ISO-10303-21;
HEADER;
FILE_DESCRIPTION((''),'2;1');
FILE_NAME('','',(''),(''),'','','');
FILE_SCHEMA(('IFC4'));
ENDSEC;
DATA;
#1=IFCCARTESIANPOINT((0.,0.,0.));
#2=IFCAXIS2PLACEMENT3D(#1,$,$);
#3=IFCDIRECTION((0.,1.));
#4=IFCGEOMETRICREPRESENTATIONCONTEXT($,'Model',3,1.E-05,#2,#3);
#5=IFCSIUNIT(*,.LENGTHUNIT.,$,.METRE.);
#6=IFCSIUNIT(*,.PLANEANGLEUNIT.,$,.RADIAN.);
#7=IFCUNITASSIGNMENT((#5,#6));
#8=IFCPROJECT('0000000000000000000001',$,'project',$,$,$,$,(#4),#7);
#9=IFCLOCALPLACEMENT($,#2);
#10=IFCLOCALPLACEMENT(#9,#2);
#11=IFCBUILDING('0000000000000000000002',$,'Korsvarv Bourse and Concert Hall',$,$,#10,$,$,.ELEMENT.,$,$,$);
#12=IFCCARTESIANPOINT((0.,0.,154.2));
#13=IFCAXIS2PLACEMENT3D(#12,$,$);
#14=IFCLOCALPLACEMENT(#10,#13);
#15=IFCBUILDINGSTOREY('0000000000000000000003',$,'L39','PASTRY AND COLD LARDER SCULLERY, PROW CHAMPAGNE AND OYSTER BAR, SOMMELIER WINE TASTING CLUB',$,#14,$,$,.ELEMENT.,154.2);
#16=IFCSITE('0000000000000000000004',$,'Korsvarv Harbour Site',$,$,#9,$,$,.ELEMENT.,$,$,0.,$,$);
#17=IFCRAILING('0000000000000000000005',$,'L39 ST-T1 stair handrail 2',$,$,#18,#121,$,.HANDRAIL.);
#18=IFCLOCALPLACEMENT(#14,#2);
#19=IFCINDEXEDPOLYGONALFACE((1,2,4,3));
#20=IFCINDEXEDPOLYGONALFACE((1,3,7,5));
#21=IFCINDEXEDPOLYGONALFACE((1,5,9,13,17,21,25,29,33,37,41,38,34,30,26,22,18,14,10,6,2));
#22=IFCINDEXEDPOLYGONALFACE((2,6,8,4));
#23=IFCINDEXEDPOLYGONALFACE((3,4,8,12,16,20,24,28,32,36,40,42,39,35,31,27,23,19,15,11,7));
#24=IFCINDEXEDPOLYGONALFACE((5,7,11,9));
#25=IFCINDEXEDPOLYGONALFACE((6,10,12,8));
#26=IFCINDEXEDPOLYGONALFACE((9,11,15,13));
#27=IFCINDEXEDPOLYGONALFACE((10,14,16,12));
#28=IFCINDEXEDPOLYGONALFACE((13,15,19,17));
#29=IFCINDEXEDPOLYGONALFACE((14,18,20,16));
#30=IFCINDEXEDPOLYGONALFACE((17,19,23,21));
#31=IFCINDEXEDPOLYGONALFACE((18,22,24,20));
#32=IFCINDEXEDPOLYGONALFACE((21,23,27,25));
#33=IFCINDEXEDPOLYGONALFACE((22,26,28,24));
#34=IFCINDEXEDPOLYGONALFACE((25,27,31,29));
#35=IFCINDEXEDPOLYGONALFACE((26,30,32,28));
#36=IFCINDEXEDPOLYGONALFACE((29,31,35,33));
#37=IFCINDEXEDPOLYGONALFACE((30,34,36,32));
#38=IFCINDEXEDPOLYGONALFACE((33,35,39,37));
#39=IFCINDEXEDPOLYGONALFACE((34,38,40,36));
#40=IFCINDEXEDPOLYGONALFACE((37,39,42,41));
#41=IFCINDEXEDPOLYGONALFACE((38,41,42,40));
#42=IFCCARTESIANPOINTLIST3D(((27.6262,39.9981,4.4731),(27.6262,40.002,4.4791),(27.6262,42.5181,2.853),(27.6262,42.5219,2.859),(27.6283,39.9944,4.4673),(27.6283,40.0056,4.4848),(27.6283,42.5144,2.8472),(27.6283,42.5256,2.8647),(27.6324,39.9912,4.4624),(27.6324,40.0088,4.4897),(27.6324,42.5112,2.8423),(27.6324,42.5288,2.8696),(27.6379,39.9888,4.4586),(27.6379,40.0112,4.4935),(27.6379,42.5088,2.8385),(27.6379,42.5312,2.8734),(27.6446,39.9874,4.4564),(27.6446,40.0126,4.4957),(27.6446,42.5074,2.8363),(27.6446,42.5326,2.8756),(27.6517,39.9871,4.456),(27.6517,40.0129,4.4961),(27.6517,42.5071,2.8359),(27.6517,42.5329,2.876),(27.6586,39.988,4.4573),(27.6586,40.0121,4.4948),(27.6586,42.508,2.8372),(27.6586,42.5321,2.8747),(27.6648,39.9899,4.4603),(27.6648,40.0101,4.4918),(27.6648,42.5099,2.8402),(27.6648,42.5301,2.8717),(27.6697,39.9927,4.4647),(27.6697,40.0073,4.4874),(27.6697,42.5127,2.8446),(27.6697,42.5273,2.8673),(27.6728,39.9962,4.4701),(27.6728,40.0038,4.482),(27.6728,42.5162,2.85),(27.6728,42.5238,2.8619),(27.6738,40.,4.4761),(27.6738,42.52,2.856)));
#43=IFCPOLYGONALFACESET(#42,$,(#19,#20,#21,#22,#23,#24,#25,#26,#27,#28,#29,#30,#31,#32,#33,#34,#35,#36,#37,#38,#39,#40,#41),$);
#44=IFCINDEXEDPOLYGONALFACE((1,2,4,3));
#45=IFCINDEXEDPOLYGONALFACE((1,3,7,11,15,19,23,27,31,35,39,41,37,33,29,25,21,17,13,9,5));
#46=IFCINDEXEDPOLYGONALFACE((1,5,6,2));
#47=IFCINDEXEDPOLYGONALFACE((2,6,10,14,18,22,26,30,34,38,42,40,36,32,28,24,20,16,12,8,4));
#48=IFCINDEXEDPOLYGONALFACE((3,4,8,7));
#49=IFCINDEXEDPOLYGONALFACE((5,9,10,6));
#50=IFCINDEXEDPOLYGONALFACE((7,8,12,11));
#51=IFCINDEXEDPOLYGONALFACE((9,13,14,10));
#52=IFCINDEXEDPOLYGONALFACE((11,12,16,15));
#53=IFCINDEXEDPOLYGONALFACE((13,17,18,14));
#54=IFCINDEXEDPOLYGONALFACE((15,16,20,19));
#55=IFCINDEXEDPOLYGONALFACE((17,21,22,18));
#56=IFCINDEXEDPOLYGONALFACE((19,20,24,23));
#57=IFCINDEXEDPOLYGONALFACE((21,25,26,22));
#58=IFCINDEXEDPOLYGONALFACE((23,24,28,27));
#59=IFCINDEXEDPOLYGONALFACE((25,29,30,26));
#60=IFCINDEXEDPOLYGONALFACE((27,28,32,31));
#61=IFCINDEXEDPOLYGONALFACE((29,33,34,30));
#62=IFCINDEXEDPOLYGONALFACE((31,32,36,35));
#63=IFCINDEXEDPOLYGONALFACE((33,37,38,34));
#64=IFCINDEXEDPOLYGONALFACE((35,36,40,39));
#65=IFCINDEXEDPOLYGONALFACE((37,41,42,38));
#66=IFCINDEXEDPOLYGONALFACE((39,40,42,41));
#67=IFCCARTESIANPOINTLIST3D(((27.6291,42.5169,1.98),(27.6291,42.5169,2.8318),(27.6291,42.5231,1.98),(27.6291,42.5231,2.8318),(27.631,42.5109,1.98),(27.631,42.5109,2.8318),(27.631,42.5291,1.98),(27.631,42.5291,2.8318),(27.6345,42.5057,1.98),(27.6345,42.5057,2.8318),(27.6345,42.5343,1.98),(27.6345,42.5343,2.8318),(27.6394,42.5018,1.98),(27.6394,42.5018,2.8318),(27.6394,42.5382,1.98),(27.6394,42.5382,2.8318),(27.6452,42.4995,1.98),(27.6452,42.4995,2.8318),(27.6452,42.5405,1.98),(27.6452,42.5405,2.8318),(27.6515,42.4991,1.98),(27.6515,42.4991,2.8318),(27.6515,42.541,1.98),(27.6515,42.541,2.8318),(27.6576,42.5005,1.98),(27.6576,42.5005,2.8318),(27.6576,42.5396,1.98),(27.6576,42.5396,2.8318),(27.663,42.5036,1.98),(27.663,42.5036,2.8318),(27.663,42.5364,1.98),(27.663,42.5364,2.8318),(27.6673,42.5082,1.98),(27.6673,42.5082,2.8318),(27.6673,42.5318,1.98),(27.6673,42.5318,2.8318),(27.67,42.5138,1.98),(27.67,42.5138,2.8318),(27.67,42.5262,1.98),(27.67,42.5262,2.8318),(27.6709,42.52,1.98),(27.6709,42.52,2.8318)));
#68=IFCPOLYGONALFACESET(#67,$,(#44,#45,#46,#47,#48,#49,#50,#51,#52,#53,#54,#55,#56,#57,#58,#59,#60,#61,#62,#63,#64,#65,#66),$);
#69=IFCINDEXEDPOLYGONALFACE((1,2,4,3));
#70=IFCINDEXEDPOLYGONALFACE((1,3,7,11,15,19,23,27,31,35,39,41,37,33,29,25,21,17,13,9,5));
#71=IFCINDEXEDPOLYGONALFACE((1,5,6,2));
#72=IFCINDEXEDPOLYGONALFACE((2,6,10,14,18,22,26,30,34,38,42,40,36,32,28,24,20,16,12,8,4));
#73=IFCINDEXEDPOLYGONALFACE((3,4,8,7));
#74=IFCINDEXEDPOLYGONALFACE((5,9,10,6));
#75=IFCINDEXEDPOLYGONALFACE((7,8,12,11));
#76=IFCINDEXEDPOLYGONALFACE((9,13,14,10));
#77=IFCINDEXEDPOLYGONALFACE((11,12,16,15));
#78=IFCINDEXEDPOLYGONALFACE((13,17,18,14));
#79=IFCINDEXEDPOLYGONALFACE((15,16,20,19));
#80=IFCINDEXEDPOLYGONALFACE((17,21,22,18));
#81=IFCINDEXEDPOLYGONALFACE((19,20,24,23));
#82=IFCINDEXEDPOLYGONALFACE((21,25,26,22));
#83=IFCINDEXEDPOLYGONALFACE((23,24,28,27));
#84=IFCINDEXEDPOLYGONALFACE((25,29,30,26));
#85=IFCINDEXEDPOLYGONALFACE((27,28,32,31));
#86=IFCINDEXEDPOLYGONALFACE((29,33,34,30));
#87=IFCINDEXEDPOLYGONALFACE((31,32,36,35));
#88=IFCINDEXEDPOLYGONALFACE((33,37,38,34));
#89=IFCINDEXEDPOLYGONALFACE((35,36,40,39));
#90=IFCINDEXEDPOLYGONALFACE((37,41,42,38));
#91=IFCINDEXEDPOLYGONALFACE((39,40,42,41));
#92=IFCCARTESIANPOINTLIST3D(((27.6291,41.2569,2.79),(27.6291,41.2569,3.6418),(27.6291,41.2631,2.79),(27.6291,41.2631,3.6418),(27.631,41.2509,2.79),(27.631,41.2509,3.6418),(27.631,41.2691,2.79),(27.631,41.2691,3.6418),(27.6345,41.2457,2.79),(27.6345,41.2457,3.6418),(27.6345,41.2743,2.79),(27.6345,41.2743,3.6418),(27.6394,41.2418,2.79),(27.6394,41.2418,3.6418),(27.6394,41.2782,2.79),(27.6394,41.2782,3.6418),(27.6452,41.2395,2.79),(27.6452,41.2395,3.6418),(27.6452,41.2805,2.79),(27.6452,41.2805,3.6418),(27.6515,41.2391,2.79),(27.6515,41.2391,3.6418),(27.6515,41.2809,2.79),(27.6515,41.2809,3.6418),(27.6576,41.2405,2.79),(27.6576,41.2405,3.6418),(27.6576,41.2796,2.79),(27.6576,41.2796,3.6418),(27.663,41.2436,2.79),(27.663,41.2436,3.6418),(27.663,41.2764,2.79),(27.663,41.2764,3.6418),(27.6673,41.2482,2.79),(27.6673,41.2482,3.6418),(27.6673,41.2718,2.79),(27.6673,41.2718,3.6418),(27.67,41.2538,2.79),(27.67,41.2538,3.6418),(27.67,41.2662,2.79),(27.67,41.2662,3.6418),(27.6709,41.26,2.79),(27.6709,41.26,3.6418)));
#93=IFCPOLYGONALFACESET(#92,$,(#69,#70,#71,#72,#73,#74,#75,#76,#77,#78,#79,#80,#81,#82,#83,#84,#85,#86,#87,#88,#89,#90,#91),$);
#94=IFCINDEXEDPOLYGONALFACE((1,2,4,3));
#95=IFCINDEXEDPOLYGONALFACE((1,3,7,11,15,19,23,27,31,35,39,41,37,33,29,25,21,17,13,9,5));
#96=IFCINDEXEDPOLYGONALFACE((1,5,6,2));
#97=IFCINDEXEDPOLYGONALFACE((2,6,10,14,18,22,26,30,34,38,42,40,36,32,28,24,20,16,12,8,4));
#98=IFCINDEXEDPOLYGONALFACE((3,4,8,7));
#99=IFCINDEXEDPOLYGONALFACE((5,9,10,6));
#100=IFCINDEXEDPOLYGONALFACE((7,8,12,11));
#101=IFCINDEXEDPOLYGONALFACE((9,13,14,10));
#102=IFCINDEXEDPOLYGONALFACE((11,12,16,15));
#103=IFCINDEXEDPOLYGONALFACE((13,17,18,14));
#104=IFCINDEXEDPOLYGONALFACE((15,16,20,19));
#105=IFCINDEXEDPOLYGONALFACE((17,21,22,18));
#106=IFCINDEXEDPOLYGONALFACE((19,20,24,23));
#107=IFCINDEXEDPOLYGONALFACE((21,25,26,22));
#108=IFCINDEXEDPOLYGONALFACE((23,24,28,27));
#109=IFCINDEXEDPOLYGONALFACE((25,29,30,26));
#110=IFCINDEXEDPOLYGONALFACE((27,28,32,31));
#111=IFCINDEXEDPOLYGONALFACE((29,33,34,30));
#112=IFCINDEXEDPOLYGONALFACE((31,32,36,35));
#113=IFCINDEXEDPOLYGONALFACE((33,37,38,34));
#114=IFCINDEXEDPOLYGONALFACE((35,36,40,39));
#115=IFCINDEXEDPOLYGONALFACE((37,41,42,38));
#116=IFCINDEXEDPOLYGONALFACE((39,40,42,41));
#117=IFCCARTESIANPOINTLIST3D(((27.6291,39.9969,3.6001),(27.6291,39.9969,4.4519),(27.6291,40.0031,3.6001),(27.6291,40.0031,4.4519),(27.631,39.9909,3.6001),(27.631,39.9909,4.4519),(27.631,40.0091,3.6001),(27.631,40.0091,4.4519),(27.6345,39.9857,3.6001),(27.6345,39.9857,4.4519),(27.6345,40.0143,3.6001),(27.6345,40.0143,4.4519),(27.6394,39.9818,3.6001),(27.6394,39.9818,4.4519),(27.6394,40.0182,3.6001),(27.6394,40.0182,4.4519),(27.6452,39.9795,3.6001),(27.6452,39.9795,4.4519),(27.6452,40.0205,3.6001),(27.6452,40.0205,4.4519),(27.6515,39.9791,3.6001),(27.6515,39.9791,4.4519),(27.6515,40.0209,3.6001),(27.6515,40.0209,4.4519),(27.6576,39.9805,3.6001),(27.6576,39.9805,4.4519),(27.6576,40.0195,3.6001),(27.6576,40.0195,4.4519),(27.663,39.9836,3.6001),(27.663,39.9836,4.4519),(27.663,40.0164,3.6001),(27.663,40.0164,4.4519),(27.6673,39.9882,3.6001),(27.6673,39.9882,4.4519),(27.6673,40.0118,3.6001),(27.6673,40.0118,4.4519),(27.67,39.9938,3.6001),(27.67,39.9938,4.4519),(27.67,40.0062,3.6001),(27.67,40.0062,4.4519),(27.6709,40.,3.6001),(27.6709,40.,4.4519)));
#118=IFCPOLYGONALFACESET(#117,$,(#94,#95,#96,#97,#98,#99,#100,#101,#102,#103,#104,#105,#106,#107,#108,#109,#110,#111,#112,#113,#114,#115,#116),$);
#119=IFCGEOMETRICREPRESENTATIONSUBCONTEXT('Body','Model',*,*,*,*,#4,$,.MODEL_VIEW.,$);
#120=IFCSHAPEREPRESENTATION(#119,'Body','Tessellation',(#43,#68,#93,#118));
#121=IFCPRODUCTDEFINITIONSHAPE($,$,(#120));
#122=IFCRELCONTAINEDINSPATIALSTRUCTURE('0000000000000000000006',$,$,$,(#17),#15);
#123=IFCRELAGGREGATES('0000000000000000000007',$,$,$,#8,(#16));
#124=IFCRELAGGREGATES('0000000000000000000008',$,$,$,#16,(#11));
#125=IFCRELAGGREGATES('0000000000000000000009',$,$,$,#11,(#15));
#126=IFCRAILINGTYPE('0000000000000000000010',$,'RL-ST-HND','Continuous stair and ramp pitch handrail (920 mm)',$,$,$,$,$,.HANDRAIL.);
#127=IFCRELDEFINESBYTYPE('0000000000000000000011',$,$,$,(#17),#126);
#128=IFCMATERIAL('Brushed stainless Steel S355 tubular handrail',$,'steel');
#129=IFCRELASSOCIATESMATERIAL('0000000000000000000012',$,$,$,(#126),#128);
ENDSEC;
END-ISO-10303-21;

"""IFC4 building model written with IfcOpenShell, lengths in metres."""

from ifc_helpers import new_model, si_unit, direction, frame, origin, origin_2d, place, context, subcontext, project, spatial, circle, extrude, material, type_object, element, save


model = new_model("IFC4")

# Units and contexts
model_context = context("Model", 3, precision=1e-05, world=origin(), true_north=direction((0.0, 1.0)))
body_context = subcontext(model_context, "Body", "Model", "MODEL_VIEW")
ifc_project = project(units=[si_unit("LENGTHUNIT", "METRE"), si_unit("PLANEANGLEUNIT", "RADIAN")], contexts=[model_context])

# Site, building, storey
site_placement = place(None, origin())
site = spatial("IfcSite", under=ifc_project, at=site_placement, Name="Korsvarv Harbour Site", CompositionType="ELEMENT", RefElevation=0.0)
building_placement = place(site_placement, origin())
building = spatial("IfcBuilding", under=site, at=building_placement, Name="Korsvarv Bourse and Concert Hall", CompositionType="ELEMENT")
storey_placement = place(building_placement, frame((0.0, 0.0, 154.2)))
storey = spatial("IfcBuildingStorey", under=building, at=storey_placement, Name="L39", Description="PASTRY AND COLD LARDER SCULLERY, PROW CHAMPAGNE AND OYSTER BAR, SOMMELIER WINE TASTING CLUB", CompositionType="ELEMENT", Elevation=154.2)

# Railing
ifc_material_1 = material(Name="Brushed stainless Steel S355 tubular handrail", Category="steel")
railing_type_1 = type_object("IfcRailingType", Name="RL-ST-HND", Description="Continuous stair and ramp pitch handrail (920 mm)", PredefinedType="HANDRAIL", material=ifc_material_1)
railing_1_placement = place(storey_placement, frame((27.6499, 42.52, 1.98)))
element("IfcRailing", 1, at=railing_1_placement, inside=storey, type_object=railing_type_1, Name="L39 ST-T1 stair handrail 2", PredefinedType="HANDRAIL", context=body_context, shape_type="SweptSolid", body=[
    extrude(circle(Radius=0.0239, at=origin_2d()), frame((0.0, 0.0, 0.876), z_axis=(0.0, -0.841163, 0.540782), x_axis=(1.0, 0.0, 0.0)), (0.0, 0.0, 1.0), 2.9958),
    extrude(circle(Radius=0.021, at=origin_2d()), origin(), (0.0, 0.0, 1.0), 0.8518),
    extrude(circle(Radius=0.021, at=origin_2d()), frame((0.0, -1.26, 0.8101)), (0.0, 0.0, 1.0), 0.8518),
    extrude(circle(Radius=0.021, at=origin_2d()), frame((0.0, -2.52, 1.6201)), (0.0, 0.0, 1.0), 0.8518),
])

save(model, "model.ifc")
